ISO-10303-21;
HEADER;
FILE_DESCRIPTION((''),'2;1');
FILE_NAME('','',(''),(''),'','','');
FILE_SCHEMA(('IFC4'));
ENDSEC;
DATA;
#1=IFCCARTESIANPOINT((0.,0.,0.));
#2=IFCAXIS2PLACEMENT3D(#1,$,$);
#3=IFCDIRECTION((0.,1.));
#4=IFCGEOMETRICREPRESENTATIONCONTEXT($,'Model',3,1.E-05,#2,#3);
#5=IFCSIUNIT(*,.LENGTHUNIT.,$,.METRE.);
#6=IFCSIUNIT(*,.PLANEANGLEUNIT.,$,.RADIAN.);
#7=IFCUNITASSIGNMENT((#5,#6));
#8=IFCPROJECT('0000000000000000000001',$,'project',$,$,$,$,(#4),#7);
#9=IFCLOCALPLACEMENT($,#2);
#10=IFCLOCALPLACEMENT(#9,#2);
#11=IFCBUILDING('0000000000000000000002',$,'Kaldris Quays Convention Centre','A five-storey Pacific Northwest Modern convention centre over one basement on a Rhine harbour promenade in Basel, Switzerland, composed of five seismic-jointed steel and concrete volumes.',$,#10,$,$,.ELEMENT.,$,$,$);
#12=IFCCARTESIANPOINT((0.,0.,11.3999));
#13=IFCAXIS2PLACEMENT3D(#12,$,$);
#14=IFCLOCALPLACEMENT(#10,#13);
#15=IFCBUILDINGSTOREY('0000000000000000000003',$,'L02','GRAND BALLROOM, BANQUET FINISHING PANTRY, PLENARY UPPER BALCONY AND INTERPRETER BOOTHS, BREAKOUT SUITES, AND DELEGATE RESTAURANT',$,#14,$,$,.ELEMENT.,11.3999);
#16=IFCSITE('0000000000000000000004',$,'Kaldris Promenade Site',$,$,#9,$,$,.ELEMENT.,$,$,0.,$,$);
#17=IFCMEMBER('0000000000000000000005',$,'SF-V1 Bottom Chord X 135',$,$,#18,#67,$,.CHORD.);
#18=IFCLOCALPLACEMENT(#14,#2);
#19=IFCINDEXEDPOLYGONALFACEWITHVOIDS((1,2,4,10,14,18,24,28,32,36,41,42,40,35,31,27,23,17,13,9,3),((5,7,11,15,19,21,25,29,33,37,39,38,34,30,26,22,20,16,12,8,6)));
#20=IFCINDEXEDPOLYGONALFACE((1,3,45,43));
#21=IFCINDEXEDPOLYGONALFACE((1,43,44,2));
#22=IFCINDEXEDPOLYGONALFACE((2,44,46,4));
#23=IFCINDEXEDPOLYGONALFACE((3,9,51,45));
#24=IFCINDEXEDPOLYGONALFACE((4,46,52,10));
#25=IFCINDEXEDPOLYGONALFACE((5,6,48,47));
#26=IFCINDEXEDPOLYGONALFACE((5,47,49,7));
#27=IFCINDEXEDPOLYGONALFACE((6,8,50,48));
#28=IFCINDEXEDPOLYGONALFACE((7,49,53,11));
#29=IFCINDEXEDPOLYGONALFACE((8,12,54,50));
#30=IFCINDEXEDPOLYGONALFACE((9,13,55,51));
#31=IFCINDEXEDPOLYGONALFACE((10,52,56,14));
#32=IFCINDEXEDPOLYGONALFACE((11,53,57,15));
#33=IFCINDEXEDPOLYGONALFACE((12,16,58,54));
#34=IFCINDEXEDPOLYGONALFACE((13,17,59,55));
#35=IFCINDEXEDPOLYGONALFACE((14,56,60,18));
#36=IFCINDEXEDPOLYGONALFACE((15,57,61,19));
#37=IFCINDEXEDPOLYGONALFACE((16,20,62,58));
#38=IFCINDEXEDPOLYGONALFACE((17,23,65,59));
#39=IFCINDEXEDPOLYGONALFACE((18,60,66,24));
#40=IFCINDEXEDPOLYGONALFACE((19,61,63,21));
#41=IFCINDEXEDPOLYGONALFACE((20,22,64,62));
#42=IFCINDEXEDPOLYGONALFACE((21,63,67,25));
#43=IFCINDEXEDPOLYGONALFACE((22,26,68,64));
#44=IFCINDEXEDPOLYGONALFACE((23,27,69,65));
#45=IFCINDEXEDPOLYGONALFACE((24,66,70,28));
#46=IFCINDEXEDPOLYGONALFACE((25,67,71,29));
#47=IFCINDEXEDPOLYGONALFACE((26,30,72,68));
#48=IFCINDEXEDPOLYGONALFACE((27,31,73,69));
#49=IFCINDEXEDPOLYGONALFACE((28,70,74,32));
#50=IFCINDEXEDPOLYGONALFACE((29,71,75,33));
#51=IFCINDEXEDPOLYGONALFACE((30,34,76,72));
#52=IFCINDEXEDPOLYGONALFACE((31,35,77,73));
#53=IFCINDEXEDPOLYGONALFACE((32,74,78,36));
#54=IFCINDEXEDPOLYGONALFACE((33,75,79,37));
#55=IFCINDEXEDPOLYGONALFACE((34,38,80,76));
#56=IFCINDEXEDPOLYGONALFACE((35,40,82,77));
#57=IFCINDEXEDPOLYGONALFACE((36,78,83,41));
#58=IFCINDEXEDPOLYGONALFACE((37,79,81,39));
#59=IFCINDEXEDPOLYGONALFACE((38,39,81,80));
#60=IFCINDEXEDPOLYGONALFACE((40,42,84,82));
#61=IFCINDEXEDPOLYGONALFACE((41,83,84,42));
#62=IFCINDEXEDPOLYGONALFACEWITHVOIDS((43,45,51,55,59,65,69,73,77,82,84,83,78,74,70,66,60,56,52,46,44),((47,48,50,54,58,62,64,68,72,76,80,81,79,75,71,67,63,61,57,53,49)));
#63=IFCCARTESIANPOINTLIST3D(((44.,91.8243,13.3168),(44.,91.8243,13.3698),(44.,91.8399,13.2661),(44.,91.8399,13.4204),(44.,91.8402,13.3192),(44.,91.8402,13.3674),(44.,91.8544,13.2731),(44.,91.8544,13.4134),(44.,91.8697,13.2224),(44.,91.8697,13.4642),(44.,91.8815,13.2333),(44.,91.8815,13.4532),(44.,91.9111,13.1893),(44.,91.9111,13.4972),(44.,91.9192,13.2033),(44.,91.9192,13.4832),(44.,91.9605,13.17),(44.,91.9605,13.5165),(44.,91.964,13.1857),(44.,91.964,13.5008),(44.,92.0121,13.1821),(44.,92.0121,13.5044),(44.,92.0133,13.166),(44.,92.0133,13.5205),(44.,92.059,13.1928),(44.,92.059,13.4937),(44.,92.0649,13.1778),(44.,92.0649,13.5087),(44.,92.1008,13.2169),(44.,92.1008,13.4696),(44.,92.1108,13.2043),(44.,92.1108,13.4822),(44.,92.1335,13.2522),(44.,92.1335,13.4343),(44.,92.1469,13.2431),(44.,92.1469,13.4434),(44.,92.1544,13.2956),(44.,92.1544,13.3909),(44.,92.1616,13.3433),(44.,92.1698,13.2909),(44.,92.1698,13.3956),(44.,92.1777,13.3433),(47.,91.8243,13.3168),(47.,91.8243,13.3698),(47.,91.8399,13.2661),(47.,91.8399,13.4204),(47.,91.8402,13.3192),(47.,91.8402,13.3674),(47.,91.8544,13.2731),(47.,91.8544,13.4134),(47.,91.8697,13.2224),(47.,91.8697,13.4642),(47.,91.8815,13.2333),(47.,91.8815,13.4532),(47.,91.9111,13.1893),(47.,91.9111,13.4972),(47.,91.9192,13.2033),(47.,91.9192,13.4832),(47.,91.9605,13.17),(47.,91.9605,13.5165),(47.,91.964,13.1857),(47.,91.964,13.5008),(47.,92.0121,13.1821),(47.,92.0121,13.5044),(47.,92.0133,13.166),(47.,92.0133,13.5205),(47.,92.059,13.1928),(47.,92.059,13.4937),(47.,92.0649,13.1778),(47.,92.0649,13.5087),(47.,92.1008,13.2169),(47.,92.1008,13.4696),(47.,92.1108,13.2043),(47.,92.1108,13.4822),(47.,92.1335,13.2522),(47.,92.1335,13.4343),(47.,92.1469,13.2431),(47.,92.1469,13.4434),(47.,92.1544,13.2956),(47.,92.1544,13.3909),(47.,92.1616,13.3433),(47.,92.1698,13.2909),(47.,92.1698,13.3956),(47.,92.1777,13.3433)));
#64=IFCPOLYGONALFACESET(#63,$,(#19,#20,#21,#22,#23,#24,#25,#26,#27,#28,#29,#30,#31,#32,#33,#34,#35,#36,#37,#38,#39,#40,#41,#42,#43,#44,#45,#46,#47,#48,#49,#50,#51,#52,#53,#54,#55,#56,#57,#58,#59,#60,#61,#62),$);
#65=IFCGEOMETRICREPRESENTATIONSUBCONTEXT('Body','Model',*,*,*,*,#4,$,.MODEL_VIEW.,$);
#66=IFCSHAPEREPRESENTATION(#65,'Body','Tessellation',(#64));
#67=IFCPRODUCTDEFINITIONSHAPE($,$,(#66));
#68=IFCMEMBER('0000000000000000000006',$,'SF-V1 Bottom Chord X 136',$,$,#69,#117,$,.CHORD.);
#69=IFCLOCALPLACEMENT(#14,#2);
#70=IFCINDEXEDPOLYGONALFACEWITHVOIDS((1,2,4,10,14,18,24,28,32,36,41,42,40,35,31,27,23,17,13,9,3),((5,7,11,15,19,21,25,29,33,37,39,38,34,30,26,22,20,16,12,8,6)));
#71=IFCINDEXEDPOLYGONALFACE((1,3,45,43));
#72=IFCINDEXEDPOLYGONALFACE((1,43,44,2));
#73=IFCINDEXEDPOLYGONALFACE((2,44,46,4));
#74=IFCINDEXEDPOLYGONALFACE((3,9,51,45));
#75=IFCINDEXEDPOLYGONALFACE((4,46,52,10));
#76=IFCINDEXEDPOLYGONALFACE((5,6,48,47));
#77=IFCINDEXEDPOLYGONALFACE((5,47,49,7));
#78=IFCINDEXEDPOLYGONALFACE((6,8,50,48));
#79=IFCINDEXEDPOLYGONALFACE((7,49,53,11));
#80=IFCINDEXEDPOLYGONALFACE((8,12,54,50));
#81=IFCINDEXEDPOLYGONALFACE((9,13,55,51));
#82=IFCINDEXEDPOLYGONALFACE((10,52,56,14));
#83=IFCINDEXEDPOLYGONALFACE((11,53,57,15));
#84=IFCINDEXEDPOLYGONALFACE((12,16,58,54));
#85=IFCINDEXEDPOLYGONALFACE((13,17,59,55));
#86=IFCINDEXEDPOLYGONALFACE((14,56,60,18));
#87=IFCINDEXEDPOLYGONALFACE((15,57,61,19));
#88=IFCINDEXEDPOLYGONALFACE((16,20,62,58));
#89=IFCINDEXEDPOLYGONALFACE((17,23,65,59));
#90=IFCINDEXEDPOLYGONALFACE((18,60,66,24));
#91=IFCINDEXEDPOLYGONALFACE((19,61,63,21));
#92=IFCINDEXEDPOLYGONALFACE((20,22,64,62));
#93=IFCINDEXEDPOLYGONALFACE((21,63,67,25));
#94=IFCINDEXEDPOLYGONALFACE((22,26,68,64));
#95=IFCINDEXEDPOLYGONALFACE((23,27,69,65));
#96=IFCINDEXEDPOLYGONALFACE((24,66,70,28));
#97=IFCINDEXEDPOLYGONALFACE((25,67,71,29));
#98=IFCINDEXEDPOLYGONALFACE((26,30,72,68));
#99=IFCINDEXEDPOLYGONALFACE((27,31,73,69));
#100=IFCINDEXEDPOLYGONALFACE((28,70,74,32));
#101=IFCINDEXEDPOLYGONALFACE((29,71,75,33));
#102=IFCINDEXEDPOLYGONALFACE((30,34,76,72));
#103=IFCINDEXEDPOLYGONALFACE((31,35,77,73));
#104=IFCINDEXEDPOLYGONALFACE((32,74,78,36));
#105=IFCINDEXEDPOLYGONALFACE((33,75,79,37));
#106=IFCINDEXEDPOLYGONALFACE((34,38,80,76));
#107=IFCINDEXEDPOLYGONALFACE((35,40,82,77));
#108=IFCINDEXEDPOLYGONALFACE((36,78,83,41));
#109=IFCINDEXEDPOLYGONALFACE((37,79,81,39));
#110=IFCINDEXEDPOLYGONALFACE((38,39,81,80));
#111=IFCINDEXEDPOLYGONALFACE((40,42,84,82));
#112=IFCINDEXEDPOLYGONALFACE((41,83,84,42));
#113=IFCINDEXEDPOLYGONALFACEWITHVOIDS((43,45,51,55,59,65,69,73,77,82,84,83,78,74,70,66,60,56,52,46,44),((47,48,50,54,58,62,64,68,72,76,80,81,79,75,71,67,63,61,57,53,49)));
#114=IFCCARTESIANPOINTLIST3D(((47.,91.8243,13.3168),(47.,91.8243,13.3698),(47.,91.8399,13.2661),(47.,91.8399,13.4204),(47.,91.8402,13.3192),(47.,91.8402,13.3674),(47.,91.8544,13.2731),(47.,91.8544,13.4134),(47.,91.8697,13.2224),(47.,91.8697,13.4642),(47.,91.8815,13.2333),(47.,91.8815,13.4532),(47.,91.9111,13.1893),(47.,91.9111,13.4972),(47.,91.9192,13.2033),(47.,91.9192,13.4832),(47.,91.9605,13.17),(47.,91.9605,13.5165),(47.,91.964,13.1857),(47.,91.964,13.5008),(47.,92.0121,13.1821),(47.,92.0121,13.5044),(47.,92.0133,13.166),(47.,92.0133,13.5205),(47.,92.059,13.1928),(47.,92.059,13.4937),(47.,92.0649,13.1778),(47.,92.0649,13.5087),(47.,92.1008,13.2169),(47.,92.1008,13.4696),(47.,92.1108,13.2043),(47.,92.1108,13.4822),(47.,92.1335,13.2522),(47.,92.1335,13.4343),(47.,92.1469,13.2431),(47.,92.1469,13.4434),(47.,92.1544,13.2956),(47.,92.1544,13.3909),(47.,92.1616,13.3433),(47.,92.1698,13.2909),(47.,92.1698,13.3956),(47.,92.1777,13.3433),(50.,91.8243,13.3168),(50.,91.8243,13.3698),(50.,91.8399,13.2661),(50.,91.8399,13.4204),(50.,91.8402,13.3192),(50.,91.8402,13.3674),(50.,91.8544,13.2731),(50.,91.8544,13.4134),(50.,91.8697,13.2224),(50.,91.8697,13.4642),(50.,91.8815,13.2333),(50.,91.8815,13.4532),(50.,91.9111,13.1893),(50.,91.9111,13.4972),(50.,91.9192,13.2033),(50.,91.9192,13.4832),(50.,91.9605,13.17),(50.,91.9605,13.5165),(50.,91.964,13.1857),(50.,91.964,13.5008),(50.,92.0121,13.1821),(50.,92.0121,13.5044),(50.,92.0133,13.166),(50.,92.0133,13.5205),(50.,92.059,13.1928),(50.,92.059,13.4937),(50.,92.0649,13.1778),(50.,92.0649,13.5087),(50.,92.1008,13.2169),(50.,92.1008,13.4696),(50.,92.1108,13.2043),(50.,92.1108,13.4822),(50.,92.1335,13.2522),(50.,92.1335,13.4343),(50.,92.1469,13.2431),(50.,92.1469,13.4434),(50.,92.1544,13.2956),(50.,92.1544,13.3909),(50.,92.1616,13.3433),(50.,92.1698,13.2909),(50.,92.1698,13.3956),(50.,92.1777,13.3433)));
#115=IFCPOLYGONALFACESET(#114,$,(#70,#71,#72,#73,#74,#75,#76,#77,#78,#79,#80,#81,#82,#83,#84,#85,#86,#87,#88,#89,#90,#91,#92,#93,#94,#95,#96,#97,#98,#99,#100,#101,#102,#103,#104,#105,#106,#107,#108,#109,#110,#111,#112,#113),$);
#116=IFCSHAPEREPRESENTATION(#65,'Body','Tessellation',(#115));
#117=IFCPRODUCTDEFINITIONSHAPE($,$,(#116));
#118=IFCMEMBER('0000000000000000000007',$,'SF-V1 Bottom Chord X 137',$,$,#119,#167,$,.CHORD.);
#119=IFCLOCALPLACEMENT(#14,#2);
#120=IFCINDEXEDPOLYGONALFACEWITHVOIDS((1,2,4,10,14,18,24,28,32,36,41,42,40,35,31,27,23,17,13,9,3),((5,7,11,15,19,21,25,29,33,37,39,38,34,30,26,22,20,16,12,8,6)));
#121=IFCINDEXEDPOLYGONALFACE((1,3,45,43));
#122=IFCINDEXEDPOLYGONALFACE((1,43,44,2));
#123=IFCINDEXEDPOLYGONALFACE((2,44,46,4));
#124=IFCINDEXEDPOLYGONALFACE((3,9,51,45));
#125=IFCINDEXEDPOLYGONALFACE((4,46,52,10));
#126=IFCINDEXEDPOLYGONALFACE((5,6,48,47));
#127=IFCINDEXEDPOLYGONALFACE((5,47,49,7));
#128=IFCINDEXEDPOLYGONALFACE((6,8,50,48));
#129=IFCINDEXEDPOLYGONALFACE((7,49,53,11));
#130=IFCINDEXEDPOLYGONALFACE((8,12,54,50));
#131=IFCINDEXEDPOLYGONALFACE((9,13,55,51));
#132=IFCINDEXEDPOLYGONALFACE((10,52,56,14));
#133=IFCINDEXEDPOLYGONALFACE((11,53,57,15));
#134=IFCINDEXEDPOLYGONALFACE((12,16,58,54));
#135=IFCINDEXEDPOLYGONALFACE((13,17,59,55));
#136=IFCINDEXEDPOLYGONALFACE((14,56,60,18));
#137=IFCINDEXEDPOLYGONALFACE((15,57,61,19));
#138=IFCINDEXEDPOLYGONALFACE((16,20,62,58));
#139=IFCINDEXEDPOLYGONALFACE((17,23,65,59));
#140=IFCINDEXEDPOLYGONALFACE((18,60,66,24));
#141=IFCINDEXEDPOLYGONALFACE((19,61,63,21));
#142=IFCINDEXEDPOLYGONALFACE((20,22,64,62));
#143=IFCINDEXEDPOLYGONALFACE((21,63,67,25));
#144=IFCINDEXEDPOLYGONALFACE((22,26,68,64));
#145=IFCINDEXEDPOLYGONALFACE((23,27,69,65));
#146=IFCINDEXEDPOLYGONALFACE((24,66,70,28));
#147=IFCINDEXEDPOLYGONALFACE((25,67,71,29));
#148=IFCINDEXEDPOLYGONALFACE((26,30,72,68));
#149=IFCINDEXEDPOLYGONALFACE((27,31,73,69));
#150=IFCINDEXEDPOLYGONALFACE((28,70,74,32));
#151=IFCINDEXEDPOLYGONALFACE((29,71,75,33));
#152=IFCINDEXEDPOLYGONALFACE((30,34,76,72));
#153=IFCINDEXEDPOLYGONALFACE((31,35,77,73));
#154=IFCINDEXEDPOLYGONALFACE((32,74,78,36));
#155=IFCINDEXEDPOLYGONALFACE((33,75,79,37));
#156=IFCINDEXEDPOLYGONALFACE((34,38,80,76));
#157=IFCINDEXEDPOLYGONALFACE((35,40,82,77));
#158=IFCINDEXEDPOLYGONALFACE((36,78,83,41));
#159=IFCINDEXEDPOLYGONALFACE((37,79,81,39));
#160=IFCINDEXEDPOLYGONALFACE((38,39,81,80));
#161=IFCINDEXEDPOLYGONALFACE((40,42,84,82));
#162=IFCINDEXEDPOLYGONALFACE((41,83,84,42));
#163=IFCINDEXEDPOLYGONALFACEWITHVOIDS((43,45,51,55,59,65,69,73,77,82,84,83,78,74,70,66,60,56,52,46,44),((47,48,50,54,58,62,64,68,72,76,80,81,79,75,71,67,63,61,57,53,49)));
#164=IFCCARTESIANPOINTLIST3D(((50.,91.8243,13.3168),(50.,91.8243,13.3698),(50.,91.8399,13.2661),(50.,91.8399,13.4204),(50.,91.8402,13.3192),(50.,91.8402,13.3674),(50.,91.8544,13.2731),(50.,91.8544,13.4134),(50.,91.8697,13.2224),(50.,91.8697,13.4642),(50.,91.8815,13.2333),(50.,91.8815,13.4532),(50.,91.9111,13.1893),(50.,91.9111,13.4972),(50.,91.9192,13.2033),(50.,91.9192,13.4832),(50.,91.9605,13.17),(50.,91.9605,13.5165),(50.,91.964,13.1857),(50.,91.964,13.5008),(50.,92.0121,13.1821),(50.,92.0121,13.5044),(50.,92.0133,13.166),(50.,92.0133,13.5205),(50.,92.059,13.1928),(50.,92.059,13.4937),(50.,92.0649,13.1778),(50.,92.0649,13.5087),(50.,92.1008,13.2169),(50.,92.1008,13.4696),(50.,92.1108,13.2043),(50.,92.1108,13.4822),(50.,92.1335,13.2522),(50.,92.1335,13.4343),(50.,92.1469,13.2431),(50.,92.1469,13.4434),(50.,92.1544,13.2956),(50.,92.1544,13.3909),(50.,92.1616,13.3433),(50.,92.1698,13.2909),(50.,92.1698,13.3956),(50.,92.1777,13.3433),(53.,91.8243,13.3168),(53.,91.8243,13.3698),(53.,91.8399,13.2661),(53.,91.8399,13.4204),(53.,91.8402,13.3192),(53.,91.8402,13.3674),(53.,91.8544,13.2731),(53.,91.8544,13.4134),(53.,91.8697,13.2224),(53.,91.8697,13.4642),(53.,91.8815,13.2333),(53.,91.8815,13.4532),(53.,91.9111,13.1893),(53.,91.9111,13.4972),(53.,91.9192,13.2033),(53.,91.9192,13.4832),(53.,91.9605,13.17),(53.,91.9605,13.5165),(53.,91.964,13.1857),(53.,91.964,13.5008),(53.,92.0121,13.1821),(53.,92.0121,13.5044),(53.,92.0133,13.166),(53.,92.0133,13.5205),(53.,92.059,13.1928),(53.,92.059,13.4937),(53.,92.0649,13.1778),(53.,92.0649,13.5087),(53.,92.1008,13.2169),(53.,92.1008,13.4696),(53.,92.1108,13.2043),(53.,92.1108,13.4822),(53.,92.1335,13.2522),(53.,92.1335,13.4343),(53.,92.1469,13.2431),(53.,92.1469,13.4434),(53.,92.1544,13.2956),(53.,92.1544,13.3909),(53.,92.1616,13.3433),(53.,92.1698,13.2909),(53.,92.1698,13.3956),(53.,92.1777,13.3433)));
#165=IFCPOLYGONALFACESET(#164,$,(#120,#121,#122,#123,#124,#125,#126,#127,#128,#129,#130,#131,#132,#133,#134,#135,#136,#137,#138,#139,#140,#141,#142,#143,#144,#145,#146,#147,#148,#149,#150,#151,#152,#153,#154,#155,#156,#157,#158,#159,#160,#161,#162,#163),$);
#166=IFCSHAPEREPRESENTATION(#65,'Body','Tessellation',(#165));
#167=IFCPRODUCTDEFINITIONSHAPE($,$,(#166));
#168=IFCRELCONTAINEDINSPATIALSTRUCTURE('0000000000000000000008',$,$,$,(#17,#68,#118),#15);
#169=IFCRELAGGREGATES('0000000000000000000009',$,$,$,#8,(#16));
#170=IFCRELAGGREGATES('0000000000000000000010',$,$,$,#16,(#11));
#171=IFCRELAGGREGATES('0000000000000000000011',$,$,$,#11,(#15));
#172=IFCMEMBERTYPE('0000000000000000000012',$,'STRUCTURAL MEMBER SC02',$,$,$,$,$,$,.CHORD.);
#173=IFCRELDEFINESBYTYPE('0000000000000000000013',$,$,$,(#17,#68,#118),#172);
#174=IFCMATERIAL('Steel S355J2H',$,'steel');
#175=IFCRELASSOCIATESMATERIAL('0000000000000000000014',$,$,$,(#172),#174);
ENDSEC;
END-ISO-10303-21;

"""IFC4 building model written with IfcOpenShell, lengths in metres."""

from ifc_helpers import new_model, si_unit, direction, frame, origin, origin_2d, place, context, subcontext, project, spatial, hollow_circle, extrude, material, material_profile, profile_set, type_object, element, save


model = new_model("IFC4")

# Units and contexts
model_context = context("Model", 3, precision=1e-05, world=origin(), true_north=direction((0.0, 1.0)))
body_context = subcontext(model_context, "Body", "Model", "MODEL_VIEW")
ifc_project = project(units=[si_unit("LENGTHUNIT", "METRE"), si_unit("PLANEANGLEUNIT", "RADIAN")], contexts=[model_context])

# Site, building, storey
site_placement = place(None, origin())
site = spatial("IfcSite", under=ifc_project, at=site_placement, Name="Kaldris Promenade Site", CompositionType="ELEMENT", RefElevation=0.0)
building_placement = place(site_placement, origin())
building = spatial("IfcBuilding", under=site, at=building_placement, Name="Kaldris Quays Convention Centre", Description="A five-storey Pacific Northwest Modern convention centre over one basement on a Rhine harbour promenade in Basel, Switzerland, composed of five seismic-jointed steel and concrete volumes.", CompositionType="ELEMENT")
storey_placement = place(building_placement, frame((0.0, 0.0, 11.3999)))
storey = spatial("IfcBuildingStorey", under=building, at=storey_placement, Name="L02", Description="GRAND BALLROOM, BANQUET FINISHING PANTRY, PLENARY UPPER BALCONY AND INTERPRETER BOOTHS, BREAKOUT SUITES, AND DELEGATE RESTAURANT", CompositionType="ELEMENT", Elevation=11.3999)

# Members
ifc_material = material(Name="Steel S355J2H", Category="steel")
ifc_material_profile_1 = material_profile(ifc_material, hollow_circle(Radius=0.1777, WallThickness=0.0161, at=origin_2d()), Name="CHS 355.6x16")
ifc_profile_set_1 = profile_set([ifc_material_profile_1], Name="Steel S355J2H")
member_type_1 = type_object("IfcMemberType", Name="STRUCTURAL MEMBER SC02", PredefinedType="CHORD", material=ifc_profile_set_1)
for number, where, z_axis, x_axis, name in (
    (1, (44.0, 92.0, 13.3433), (1.0, 0.0, 0.0), (0.0, 1.0, 0.0), "SF-V1 Bottom Chord X 135"),
    (2, (47.0, 92.0, 13.3433), (1.0, 0.0, 0.0), (0.0, 1.0, 0.0), "SF-V1 Bottom Chord X 136"),
    (3, (50.0, 92.0, 13.3433), (1.0, 0.0, 0.0), (0.0, 1.0, 0.0), "SF-V1 Bottom Chord X 137"),
):
    element("IfcMember", number, at=place(storey_placement, frame(where, z_axis=z_axis, x_axis=x_axis)), inside=storey, type_object=member_type_1, Name=name, PredefinedType="CHORD", context=body_context, shape_type="SweptSolid", body=[
        extrude(hollow_circle(Radius=0.1777, WallThickness=0.0161, at=origin_2d()), origin(), (0.0, 0.0, 1.0), 3.0),
    ])

save(model, "model.ifc")
